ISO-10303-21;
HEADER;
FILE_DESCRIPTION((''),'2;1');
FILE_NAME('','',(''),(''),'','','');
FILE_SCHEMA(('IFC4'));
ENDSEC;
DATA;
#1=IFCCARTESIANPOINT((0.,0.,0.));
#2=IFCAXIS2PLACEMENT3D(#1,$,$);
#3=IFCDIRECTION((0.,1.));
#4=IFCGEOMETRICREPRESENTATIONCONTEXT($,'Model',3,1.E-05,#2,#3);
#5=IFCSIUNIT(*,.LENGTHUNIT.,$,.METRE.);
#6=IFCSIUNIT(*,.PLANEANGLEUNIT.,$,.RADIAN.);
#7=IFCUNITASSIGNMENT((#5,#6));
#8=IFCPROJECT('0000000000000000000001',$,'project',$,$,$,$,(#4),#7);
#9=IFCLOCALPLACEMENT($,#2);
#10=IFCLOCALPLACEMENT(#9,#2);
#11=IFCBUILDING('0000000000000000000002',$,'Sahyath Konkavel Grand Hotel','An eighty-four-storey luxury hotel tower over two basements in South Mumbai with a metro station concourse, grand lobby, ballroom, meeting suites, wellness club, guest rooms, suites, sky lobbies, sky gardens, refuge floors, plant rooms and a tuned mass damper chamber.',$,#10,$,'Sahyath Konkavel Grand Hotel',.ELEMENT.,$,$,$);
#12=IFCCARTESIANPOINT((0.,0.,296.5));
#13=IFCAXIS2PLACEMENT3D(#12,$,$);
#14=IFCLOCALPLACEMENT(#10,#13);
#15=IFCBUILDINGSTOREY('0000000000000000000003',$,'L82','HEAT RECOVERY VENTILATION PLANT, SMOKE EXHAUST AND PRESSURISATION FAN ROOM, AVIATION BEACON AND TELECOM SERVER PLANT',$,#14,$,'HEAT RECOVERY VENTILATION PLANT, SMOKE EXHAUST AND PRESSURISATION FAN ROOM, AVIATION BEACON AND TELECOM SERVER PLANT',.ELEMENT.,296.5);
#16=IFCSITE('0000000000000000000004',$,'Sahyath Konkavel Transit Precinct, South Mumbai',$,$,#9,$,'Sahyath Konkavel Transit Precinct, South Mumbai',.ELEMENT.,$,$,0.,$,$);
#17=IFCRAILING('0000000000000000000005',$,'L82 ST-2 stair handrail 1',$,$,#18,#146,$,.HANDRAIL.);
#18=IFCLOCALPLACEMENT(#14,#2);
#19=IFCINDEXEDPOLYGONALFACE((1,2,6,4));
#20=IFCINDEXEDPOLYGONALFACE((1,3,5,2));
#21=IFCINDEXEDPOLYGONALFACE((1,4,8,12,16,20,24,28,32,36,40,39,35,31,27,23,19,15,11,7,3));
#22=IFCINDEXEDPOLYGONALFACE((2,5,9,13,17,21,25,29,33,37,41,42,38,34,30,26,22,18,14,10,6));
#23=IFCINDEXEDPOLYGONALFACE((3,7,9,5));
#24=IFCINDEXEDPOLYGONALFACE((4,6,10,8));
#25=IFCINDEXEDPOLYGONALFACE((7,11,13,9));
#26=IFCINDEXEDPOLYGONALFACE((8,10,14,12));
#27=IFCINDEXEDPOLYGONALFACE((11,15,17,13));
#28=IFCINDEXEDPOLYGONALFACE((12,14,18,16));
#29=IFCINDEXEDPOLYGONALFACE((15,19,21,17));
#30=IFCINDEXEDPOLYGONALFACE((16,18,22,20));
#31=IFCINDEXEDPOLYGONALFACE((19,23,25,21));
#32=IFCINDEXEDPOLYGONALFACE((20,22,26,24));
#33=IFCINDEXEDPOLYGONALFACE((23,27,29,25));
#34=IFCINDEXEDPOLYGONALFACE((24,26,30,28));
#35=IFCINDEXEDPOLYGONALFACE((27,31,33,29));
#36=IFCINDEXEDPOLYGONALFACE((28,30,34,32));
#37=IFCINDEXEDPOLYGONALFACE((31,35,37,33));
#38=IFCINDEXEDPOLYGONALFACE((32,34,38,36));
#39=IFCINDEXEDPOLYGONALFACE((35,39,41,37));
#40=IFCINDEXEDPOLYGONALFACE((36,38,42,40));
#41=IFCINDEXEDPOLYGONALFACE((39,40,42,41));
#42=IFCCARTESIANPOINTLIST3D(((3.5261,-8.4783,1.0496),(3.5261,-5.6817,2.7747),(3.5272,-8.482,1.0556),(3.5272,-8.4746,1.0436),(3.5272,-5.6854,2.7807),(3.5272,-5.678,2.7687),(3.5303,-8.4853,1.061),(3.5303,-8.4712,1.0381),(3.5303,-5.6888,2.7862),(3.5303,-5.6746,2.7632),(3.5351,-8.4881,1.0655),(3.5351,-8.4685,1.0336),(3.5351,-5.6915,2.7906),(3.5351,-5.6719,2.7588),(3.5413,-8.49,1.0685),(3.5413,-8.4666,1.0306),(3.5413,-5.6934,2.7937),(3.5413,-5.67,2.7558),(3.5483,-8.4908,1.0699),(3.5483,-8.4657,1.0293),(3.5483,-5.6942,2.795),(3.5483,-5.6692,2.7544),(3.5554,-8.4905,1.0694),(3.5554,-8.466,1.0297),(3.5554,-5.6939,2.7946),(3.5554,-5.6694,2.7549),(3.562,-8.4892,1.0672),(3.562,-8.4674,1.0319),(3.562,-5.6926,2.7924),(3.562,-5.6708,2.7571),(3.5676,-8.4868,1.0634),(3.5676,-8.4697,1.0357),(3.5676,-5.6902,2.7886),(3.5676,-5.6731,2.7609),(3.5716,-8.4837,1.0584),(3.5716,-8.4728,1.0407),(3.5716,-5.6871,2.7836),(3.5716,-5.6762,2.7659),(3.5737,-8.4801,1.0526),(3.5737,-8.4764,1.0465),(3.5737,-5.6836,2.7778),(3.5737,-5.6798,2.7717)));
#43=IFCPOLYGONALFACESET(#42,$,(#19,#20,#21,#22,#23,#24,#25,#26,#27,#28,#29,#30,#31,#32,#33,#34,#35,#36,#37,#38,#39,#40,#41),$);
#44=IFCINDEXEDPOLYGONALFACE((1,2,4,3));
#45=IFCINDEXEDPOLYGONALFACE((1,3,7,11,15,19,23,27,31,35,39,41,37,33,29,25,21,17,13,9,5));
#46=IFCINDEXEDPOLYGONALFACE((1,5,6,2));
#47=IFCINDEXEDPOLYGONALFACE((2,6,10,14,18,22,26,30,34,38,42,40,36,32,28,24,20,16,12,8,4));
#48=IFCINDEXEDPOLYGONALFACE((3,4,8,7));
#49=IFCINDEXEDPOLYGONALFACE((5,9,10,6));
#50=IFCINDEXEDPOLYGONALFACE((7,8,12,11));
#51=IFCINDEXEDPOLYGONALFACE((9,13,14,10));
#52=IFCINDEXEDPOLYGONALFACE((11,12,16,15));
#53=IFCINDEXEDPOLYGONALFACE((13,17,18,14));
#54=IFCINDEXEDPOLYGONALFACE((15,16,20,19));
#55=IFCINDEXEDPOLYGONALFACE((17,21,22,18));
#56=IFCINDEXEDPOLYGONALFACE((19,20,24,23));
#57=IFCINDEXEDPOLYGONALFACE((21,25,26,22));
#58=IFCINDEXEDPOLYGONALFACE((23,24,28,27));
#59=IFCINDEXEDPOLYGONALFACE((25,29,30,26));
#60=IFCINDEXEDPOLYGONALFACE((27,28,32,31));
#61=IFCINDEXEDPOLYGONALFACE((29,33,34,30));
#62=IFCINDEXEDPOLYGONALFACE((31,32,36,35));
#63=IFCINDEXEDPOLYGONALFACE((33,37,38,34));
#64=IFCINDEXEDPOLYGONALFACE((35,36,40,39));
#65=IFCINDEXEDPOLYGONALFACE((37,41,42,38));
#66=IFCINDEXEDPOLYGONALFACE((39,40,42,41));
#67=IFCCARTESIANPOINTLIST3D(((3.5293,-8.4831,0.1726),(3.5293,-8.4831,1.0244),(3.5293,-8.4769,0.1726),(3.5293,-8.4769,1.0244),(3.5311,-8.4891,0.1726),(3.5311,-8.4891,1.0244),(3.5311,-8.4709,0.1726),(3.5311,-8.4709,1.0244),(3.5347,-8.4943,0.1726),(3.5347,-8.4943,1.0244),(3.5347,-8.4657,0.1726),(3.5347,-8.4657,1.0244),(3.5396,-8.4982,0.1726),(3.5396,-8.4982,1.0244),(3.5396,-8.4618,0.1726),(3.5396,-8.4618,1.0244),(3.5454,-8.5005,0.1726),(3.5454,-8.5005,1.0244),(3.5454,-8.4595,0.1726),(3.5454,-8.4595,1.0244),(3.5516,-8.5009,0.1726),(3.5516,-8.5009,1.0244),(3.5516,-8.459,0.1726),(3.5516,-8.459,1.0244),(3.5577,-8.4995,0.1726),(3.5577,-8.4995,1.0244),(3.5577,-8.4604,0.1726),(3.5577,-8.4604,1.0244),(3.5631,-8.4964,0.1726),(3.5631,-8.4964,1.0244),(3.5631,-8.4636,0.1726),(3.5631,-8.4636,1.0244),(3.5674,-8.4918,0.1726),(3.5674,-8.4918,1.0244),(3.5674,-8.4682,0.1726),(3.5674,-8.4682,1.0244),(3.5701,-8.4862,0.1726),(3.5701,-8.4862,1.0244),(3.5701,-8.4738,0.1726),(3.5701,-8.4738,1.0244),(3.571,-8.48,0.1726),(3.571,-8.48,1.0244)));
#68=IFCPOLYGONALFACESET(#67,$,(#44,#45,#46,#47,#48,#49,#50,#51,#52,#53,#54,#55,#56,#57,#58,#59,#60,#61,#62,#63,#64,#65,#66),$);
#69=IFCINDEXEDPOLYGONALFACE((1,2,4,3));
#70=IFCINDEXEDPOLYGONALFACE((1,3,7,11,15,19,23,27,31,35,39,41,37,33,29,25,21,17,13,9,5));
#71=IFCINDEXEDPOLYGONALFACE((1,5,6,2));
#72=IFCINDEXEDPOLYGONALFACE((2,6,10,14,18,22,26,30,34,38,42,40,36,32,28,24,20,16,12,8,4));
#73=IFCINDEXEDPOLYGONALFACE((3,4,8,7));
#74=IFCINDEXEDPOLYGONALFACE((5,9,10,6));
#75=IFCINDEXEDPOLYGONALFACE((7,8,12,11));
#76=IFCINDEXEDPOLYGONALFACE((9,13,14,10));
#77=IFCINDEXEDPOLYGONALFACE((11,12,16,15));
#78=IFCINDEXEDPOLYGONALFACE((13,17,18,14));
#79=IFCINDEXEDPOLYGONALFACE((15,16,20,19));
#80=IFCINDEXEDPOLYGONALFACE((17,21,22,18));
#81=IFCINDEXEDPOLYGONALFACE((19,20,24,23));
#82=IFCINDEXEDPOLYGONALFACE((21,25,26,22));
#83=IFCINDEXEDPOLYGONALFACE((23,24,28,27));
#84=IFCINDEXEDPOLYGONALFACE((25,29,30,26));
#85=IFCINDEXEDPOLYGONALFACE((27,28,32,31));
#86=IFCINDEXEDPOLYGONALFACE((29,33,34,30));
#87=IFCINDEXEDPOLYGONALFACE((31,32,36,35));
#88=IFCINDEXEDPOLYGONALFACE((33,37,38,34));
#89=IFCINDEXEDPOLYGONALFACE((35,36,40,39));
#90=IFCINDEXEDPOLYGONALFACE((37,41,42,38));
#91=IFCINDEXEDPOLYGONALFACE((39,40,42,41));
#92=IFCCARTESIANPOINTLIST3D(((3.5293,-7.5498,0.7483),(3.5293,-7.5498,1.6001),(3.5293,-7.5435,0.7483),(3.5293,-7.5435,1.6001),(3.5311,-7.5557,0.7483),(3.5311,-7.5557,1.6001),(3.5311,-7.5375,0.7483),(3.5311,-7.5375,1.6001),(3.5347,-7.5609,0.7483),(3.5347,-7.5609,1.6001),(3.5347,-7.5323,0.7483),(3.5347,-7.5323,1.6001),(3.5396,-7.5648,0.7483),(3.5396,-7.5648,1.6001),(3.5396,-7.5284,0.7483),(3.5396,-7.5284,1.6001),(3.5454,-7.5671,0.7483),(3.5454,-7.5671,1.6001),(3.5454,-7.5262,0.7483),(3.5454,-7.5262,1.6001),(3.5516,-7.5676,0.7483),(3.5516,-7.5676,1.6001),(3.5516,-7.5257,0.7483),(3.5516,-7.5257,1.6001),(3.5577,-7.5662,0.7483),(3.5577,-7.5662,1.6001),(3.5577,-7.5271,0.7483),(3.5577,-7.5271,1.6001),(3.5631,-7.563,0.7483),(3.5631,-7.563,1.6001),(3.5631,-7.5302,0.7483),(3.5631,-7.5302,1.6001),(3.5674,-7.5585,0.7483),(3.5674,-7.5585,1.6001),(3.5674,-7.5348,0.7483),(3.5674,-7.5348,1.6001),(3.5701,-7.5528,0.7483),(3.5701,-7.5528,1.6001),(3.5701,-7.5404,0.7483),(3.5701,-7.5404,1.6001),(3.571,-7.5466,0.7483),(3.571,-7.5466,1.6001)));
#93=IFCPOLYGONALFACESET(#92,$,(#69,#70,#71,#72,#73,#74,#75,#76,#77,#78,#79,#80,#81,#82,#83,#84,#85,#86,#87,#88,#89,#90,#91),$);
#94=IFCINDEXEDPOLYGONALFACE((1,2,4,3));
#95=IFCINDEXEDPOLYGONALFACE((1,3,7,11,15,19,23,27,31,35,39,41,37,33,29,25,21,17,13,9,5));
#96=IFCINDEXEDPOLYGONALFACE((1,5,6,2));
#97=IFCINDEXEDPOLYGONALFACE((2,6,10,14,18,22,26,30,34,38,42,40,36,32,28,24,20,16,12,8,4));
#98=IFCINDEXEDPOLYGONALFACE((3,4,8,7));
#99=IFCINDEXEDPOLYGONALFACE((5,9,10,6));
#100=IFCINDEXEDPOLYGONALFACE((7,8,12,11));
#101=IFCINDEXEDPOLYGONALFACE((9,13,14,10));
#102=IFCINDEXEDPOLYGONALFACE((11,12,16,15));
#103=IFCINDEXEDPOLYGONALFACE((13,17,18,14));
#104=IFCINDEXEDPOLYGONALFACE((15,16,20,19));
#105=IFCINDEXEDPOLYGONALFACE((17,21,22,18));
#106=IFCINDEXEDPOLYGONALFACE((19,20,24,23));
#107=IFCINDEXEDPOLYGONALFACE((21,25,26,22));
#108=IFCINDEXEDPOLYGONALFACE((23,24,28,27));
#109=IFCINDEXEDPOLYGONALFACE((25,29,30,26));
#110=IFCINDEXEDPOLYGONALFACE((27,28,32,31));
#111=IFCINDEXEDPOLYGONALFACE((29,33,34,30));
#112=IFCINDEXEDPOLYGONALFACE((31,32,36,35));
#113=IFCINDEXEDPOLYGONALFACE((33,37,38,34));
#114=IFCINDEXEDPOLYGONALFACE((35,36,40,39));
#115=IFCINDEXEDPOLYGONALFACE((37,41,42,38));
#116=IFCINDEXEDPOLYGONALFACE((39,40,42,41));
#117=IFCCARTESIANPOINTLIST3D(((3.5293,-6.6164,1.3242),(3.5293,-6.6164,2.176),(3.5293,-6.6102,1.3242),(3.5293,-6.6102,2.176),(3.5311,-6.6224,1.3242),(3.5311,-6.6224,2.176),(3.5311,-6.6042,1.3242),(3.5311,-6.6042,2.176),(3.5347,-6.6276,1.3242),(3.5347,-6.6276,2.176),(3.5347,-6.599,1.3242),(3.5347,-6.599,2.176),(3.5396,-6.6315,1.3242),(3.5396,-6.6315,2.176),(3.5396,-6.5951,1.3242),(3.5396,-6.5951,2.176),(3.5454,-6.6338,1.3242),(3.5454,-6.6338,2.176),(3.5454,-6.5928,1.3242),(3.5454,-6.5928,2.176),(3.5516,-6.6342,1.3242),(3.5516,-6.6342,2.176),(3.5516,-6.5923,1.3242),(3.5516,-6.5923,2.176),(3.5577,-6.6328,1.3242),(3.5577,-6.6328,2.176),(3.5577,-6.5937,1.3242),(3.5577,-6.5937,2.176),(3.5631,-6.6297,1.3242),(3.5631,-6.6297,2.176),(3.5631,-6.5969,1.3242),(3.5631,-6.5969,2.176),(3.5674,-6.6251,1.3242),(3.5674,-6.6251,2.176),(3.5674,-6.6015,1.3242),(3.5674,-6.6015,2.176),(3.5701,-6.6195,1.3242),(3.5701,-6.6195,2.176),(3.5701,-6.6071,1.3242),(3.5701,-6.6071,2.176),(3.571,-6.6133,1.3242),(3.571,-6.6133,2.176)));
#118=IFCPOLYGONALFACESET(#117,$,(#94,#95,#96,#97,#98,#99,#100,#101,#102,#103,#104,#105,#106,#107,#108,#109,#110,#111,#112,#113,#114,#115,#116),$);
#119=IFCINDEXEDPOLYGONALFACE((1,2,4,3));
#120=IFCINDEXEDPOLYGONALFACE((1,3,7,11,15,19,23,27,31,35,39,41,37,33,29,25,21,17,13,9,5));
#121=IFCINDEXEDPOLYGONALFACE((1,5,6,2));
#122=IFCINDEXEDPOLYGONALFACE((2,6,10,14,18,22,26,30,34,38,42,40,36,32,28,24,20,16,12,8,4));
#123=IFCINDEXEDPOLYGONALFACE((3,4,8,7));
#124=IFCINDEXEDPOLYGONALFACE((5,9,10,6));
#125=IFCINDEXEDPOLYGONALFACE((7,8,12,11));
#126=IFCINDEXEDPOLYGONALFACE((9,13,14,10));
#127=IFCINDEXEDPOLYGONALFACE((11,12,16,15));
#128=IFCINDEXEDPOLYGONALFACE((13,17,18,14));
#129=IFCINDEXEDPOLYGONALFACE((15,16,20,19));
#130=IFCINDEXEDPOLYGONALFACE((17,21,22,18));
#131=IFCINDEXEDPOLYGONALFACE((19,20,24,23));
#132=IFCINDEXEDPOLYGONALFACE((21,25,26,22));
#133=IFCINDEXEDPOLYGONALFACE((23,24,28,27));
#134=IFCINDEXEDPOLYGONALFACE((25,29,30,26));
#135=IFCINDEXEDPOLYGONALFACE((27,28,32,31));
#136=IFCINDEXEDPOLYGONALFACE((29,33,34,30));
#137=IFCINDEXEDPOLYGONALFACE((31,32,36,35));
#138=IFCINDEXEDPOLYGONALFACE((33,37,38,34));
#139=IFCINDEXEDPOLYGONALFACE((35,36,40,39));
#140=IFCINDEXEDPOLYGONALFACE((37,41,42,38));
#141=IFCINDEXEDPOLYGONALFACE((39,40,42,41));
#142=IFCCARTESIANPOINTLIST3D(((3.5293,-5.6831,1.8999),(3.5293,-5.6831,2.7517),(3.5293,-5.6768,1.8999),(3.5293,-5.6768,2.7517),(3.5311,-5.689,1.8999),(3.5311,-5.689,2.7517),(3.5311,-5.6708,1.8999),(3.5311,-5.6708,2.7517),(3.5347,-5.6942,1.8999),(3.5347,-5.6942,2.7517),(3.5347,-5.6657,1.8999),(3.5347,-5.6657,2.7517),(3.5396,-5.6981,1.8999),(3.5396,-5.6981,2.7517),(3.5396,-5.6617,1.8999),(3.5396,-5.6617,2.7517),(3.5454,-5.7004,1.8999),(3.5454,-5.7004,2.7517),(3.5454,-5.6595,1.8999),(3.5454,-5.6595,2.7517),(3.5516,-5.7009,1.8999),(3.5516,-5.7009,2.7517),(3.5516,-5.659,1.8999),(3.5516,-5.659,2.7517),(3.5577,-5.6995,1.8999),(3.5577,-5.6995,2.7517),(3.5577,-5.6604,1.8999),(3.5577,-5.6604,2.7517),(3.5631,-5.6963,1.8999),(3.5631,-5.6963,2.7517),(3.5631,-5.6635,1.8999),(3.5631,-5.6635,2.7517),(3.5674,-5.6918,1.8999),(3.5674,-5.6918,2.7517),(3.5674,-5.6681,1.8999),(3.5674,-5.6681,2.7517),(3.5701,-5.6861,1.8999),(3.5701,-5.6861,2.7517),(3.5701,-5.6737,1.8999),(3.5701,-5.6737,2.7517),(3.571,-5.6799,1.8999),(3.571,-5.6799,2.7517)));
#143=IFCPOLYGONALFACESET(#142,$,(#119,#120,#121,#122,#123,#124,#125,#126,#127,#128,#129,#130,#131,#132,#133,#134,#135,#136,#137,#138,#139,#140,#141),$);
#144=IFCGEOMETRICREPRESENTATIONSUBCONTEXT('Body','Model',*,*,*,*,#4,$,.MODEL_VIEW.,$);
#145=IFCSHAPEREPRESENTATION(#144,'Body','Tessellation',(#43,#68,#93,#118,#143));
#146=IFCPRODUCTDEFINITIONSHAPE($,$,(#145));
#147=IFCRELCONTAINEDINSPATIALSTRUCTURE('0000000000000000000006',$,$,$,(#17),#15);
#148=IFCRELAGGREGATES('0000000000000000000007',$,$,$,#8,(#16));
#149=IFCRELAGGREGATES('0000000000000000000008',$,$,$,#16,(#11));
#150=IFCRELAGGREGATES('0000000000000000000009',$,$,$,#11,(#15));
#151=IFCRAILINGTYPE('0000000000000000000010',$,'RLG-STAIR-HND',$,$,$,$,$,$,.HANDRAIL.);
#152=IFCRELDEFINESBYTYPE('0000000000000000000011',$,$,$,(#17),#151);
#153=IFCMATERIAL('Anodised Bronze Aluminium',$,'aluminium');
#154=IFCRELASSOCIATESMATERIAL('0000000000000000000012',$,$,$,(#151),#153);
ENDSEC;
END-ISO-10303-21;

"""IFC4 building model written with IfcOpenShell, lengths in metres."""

from ifc_helpers import new_model, si_unit, direction, frame, origin, origin_2d, place, context, subcontext, project, spatial, circle, extrude, material, type_object, element, save


model = new_model("IFC4")

# Units and contexts
model_context = context("Model", 3, precision=1e-05, world=origin(), true_north=direction((0.0, 1.0)))
body_context = subcontext(model_context, "Body", "Model", "MODEL_VIEW")
ifc_project = project(units=[si_unit("LENGTHUNIT", "METRE"), si_unit("PLANEANGLEUNIT", "RADIAN")], contexts=[model_context])

# Site, building, storey
site_placement = place(None, origin())
site = spatial("IfcSite", under=ifc_project, at=site_placement, Name="Sahyath Konkavel Transit Precinct, South Mumbai", LongName="Sahyath Konkavel Transit Precinct, South Mumbai", CompositionType="ELEMENT", RefElevation=0.0)
building_placement = place(site_placement, origin())
building = spatial("IfcBuilding", under=site, at=building_placement, Name="Sahyath Konkavel Grand Hotel", Description="An eighty-four-storey luxury hotel tower over two basements in South Mumbai with a metro station concourse, grand lobby, ballroom, meeting suites, wellness club, guest rooms, suites, sky lobbies, sky gardens, refuge floors, plant rooms and a tuned mass damper chamber.", LongName="Sahyath Konkavel Grand Hotel", CompositionType="ELEMENT")
storey_placement = place(building_placement, frame((0.0, 0.0, 296.5)))
storey = spatial("IfcBuildingStorey", under=building, at=storey_placement, Name="L82", Description="HEAT RECOVERY VENTILATION PLANT, SMOKE EXHAUST AND PRESSURISATION FAN ROOM, AVIATION BEACON AND TELECOM SERVER PLANT", LongName="HEAT RECOVERY VENTILATION PLANT, SMOKE EXHAUST AND PRESSURISATION FAN ROOM, AVIATION BEACON AND TELECOM SERVER PLANT", CompositionType="ELEMENT", Elevation=296.5)

# Railing
ifc_material_1 = material(Name="Anodised Bronze Aluminium", Category="aluminium")
railing_type_1 = type_object("IfcRailingType", Name="RLG-STAIR-HND", PredefinedType="HANDRAIL", material=ifc_material_1)
railing_1_placement = place(storey_placement, frame((3.55, -8.48, 0.1726)))
element("IfcRailing", 1, at=railing_1_placement, inside=storey, type_object=railing_type_1, Name="L82 ST-2 stair handrail 1", PredefinedType="HANDRAIL", context=body_context, shape_type="SweptSolid", body=[
    extrude(circle(Radius=0.0239, at=origin_2d()), frame((0.0, 0.0017, 0.877), z_axis=(0.0, 0.85109, 0.52502), x_axis=(-1.0, 0.0, 0.0)), (0.0, 0.0, 1.0), 3.2859),
    extrude(circle(Radius=0.021, at=origin_2d()), origin(), (0.0, 0.0, 1.0), 0.8518),
    extrude(circle(Radius=0.021, at=origin_2d()), frame((0.0, 0.9333, 0.5757)), (0.0, 0.0, 1.0), 0.8518),
    extrude(circle(Radius=0.021, at=origin_2d()), frame((0.0, 1.8667, 1.1516)), (0.0, 0.0, 1.0), 0.8518),
    extrude(circle(Radius=0.021, at=origin_2d()), frame((0.0, 2.8, 1.7273)), (0.0, 0.0, 1.0), 0.8518),
])

save(model, "model.ifc")
